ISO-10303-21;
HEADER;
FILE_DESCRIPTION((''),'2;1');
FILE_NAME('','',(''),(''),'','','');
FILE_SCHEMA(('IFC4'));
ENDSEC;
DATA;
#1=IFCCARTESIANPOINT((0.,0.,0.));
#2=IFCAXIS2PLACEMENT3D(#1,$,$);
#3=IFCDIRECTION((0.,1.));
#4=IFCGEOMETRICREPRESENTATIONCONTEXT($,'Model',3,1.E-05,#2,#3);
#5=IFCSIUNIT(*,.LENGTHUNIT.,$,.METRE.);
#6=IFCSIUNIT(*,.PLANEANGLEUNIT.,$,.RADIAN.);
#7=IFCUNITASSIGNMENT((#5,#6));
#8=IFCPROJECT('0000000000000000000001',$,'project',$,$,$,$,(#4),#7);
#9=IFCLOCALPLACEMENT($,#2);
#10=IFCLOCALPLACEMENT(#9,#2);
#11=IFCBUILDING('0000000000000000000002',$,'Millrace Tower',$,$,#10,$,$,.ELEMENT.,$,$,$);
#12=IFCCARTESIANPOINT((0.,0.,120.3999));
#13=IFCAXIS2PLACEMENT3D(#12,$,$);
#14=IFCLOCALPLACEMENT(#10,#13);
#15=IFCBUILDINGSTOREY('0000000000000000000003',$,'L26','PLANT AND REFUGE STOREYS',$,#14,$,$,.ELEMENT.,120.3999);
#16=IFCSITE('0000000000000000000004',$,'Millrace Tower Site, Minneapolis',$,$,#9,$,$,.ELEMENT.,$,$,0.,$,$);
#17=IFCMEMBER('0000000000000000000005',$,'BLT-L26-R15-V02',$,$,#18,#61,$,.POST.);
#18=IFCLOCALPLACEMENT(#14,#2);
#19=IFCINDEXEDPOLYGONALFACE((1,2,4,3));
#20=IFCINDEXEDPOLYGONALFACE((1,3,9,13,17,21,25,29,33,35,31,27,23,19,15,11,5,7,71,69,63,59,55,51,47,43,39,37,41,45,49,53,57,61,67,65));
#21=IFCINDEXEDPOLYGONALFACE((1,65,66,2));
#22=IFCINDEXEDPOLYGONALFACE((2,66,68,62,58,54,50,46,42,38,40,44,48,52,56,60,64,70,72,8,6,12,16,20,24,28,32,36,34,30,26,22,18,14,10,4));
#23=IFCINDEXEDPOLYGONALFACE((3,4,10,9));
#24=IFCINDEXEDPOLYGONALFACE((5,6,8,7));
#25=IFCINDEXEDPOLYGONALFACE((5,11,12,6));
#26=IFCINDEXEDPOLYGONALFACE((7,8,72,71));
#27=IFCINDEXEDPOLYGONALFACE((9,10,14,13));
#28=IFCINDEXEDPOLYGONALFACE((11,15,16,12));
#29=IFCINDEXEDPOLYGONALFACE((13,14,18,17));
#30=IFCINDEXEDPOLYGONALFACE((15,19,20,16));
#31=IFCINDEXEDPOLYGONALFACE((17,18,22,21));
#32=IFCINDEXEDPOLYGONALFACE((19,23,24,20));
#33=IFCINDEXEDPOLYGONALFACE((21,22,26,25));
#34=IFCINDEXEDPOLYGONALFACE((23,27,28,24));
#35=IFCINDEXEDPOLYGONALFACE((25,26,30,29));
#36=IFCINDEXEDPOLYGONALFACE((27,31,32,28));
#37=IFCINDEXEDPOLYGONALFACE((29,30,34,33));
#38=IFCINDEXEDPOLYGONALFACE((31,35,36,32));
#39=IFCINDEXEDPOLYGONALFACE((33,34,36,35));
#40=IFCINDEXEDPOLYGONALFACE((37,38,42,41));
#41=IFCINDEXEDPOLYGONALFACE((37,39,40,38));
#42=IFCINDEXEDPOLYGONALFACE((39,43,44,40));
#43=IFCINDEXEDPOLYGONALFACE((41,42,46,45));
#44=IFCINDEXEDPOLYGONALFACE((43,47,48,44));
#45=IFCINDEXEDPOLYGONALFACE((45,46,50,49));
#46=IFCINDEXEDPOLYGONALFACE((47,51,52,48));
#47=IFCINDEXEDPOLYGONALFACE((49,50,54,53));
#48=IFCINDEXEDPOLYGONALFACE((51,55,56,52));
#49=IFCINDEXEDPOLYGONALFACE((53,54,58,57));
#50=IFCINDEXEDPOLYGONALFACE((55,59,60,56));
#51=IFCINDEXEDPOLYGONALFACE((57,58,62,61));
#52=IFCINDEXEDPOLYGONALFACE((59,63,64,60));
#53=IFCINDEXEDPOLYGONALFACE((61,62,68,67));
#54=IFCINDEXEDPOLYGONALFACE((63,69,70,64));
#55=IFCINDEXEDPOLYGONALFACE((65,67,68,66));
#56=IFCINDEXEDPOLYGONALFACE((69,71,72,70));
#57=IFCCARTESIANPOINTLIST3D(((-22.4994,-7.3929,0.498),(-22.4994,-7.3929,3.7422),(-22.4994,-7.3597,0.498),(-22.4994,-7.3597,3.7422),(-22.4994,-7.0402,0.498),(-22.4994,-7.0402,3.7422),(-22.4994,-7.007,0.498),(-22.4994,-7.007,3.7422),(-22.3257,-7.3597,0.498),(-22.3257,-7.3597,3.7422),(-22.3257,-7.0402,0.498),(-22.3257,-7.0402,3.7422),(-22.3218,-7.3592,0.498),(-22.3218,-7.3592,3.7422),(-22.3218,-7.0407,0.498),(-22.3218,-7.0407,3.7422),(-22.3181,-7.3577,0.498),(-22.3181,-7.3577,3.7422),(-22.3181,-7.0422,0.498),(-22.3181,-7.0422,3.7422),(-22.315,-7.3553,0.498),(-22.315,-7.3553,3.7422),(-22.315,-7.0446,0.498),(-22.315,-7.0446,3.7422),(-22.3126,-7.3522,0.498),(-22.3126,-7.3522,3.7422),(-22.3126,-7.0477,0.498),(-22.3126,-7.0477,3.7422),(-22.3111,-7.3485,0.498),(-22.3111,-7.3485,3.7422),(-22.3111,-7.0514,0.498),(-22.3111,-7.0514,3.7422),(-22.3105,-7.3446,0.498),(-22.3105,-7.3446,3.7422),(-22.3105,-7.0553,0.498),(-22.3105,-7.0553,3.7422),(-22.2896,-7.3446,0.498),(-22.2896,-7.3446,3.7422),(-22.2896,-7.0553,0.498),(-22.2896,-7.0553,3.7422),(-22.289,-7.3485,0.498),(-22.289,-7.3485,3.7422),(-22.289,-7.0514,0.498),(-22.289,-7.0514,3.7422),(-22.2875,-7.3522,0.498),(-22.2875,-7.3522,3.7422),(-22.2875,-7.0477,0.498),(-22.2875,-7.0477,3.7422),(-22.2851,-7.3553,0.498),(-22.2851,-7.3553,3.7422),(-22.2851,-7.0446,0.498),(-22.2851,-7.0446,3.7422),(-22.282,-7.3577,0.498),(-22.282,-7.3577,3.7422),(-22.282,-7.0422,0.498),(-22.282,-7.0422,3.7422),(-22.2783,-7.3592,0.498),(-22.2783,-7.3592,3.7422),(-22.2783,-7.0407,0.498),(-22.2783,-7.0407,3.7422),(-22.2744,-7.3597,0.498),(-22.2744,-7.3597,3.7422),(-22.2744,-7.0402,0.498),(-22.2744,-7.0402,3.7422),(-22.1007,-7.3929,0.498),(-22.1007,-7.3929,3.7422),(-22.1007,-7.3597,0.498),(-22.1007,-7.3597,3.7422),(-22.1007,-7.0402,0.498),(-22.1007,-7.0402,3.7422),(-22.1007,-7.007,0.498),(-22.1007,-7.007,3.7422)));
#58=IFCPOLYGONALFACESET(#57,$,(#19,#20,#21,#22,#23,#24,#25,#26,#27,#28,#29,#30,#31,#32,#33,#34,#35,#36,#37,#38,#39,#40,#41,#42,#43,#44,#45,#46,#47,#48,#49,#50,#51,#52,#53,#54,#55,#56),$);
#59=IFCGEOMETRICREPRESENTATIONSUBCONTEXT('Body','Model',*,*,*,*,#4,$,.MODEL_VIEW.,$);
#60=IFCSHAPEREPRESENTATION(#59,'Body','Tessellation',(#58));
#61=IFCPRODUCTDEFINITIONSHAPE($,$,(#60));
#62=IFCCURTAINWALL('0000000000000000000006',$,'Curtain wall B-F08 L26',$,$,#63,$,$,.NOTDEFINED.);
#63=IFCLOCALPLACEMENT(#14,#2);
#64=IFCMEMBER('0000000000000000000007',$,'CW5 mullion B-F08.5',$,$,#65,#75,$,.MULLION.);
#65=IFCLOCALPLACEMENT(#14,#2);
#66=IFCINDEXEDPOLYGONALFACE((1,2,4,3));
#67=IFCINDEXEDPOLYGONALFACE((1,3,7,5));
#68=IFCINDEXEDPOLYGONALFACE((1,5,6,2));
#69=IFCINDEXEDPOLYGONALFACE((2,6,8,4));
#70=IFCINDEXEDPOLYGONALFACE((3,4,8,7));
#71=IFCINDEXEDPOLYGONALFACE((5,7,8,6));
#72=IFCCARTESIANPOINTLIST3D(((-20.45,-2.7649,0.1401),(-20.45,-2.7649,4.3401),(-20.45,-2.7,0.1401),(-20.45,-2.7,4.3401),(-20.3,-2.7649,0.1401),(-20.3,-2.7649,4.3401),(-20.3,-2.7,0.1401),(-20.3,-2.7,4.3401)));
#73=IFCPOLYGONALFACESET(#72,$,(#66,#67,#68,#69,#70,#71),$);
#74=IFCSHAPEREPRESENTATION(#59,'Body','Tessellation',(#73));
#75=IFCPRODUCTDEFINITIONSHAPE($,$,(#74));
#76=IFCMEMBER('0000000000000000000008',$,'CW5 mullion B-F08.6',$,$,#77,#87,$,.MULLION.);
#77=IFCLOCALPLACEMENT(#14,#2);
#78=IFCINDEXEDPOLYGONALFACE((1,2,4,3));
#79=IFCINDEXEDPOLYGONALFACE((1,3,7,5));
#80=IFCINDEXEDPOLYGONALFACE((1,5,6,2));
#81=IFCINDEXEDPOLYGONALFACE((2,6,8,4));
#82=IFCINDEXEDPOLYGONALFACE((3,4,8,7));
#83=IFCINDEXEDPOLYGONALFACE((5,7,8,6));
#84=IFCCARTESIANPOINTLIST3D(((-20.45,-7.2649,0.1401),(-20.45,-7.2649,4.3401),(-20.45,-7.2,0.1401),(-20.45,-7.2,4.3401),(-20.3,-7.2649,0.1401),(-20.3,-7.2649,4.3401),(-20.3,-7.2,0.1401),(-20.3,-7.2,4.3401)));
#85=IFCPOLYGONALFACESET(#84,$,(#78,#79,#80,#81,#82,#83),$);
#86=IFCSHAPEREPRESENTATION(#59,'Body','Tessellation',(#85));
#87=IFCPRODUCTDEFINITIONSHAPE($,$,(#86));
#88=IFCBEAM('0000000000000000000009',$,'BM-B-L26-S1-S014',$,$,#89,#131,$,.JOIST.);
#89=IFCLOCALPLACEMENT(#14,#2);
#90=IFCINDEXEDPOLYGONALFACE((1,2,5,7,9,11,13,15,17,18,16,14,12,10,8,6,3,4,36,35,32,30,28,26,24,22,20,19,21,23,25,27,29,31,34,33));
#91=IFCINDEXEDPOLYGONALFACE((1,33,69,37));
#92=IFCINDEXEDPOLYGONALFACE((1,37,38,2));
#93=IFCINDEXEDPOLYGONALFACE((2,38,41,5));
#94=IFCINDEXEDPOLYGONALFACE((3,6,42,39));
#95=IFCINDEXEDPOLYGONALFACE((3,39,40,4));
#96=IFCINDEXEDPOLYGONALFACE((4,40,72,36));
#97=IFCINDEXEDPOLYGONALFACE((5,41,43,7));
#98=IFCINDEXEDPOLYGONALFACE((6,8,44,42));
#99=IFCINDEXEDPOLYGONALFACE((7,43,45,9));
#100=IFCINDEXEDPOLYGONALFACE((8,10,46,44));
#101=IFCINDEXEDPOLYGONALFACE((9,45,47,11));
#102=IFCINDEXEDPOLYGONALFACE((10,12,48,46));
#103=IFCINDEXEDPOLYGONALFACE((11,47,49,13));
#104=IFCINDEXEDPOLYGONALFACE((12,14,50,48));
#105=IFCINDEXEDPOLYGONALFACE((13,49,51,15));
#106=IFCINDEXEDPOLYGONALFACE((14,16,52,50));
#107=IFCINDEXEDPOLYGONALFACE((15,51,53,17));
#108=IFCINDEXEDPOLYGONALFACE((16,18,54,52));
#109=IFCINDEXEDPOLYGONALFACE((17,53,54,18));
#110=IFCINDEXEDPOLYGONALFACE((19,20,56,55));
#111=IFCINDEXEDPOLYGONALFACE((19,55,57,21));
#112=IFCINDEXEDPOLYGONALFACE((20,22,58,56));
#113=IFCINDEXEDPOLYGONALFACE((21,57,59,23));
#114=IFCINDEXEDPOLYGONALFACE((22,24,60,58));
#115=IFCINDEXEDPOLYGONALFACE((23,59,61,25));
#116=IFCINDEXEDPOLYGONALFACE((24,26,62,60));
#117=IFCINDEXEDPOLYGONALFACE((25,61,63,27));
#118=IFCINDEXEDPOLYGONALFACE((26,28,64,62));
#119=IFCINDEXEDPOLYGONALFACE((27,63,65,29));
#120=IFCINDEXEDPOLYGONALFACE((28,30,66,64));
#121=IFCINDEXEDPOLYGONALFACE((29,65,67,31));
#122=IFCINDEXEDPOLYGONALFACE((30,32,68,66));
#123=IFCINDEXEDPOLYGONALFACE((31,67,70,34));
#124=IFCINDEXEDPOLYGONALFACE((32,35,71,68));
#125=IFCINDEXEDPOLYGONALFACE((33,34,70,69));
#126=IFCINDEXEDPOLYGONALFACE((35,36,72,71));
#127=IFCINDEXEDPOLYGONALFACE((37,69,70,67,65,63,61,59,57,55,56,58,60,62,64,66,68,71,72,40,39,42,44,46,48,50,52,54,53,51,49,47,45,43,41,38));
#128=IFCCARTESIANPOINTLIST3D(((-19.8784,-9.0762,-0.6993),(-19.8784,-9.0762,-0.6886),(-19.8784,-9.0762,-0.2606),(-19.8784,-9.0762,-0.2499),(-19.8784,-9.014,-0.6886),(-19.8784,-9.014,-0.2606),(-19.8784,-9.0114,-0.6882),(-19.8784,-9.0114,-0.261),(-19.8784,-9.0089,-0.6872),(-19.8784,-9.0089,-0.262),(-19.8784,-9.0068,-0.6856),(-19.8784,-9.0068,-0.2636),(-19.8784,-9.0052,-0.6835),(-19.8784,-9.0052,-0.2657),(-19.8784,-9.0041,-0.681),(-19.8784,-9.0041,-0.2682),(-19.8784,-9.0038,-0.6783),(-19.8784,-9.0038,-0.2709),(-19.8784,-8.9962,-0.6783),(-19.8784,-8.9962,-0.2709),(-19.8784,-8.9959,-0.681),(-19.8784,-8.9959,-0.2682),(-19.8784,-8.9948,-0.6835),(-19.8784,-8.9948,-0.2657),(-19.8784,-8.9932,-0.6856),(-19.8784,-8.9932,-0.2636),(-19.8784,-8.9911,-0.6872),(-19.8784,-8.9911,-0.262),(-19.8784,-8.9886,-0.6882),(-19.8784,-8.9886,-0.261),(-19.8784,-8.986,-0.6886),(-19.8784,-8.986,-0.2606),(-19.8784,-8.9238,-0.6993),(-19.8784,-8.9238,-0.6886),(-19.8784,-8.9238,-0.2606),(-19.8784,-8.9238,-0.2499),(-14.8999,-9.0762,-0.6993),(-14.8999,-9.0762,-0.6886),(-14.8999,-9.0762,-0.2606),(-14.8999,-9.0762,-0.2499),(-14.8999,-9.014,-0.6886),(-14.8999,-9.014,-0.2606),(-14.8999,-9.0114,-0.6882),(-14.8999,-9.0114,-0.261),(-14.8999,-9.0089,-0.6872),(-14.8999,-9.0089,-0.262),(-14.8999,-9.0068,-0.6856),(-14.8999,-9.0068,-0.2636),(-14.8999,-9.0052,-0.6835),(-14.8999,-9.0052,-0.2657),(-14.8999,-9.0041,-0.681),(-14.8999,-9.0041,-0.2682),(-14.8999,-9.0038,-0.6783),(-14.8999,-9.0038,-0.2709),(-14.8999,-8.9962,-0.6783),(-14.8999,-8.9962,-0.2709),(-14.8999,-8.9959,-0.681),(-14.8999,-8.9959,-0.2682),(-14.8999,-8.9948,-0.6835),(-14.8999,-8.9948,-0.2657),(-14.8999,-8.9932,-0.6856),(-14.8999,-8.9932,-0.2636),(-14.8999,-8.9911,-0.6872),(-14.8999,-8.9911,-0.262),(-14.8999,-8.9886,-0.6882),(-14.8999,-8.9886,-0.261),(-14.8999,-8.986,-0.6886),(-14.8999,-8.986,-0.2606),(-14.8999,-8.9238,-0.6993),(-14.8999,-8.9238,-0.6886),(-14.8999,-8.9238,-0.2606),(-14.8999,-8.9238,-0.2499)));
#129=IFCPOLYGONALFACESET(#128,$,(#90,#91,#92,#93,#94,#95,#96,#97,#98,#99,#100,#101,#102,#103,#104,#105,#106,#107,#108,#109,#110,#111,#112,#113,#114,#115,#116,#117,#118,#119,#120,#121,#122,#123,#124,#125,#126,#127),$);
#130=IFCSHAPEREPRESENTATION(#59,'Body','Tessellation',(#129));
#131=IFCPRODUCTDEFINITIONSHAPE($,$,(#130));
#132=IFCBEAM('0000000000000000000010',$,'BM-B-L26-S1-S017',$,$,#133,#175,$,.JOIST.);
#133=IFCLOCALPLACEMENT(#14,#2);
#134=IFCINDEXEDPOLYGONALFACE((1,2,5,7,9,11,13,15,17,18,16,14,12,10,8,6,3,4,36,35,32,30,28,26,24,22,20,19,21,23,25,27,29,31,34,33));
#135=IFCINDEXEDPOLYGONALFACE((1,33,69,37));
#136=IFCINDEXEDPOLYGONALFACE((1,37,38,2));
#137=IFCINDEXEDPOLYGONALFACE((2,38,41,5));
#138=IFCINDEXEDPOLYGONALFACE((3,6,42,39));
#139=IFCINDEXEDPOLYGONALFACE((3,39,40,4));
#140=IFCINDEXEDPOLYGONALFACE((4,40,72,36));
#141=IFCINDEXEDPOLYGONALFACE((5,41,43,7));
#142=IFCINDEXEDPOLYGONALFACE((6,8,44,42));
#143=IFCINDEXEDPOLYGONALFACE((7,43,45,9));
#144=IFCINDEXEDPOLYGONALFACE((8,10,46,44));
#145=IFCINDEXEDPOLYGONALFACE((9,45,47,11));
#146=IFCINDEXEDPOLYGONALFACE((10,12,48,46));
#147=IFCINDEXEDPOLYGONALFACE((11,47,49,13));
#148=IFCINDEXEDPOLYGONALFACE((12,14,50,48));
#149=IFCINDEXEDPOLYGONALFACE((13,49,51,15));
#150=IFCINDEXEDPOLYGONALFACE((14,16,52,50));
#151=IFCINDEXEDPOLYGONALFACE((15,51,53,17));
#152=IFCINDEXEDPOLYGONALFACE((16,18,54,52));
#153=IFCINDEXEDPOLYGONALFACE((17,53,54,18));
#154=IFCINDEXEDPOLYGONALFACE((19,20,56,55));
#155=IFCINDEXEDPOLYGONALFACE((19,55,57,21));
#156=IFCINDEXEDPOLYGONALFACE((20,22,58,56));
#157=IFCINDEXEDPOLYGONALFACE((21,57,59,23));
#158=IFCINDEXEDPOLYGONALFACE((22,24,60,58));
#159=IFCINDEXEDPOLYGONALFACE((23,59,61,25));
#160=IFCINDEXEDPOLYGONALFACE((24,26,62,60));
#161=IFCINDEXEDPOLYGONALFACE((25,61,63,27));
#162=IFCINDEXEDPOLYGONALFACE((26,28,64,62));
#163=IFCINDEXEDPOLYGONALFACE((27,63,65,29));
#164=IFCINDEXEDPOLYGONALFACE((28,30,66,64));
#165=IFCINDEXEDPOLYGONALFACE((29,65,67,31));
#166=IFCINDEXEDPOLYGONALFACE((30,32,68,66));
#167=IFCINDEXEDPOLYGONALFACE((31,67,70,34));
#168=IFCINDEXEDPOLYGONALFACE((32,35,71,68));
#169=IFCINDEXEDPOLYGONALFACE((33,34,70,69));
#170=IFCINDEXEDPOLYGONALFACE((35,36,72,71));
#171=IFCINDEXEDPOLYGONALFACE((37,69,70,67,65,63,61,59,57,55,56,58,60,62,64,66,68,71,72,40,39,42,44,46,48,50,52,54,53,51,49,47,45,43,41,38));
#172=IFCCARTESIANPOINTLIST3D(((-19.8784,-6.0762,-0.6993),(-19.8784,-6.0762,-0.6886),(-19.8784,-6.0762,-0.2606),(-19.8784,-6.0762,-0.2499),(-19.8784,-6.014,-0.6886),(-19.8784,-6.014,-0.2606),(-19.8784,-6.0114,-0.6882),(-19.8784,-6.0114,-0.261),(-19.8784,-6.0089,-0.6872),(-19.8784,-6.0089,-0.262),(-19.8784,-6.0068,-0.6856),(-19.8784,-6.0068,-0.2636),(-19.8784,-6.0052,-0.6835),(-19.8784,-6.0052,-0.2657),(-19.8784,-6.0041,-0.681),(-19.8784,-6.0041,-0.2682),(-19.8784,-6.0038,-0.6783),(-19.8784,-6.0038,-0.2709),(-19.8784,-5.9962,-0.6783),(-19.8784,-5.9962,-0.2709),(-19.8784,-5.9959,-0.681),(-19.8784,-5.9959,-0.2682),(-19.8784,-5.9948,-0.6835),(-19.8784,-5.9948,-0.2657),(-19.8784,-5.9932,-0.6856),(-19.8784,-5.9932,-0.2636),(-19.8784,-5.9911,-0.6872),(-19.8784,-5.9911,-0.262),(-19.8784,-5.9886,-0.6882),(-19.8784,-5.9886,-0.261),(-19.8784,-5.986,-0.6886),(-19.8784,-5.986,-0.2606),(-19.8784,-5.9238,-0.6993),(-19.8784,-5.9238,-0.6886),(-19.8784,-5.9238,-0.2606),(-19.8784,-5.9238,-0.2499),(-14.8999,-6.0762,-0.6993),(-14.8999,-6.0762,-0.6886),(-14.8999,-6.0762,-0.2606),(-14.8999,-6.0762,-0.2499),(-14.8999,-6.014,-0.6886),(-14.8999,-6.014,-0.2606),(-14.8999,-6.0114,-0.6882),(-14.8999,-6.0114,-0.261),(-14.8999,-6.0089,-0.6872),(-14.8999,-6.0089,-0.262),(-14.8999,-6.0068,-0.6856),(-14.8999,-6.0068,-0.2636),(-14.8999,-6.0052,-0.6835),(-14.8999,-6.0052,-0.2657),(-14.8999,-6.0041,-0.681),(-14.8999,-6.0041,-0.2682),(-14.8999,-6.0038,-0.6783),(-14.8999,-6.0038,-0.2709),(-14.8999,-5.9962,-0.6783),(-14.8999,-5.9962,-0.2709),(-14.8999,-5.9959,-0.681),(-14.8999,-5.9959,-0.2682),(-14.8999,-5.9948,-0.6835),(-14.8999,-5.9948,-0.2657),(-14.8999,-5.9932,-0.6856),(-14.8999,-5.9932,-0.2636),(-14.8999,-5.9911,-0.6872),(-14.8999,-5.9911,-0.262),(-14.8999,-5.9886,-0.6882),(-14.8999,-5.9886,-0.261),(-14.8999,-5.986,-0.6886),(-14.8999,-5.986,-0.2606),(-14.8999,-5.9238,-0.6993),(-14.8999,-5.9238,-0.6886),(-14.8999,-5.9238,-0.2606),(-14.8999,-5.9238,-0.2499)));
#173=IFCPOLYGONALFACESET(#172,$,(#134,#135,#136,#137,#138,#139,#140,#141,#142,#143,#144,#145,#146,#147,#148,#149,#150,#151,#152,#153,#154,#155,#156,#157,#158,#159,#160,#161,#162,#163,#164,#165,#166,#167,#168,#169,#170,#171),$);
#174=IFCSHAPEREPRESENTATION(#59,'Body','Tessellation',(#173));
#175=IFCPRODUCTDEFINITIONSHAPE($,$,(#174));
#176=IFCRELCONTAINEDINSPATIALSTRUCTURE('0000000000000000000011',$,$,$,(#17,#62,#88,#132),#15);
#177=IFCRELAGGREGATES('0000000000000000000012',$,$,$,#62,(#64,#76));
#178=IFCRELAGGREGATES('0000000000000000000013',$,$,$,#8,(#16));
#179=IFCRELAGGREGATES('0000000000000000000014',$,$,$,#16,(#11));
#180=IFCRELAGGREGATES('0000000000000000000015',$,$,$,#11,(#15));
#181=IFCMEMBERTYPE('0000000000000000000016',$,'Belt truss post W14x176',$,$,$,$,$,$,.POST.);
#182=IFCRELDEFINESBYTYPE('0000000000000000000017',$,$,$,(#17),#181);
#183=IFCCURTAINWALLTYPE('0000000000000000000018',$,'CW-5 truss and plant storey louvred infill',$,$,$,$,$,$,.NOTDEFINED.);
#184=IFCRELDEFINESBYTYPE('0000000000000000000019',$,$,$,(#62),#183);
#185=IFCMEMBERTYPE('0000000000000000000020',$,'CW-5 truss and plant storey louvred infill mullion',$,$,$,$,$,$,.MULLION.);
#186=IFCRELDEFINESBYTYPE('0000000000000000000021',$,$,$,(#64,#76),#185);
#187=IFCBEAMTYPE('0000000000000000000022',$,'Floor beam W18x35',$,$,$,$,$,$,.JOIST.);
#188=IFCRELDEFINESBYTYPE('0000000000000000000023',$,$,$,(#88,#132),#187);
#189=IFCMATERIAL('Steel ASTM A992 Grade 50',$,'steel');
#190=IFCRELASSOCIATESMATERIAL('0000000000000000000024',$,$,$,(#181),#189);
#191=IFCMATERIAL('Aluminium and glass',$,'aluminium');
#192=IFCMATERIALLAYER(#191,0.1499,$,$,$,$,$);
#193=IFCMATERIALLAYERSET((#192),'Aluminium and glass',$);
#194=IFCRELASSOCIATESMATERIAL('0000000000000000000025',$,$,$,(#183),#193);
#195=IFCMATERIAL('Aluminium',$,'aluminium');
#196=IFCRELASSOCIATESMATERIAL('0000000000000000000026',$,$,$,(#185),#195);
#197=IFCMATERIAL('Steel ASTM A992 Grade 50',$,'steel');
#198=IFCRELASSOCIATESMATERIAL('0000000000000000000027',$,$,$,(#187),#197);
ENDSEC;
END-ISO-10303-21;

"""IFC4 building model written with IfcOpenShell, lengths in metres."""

from ifc_helpers import new_model, si_unit, direction, frame, origin, origin_2d, place, context, subcontext, project, spatial, rectangle, i_section, extrude, material, layer, layer_set, material_profile, profile_set, type_object, element, aggregate, save


model = new_model("IFC4")

# Units and contexts
model_context = context("Model", 3, precision=1e-05, world=origin(), true_north=direction((0.0, 1.0)))
body_context = subcontext(model_context, "Body", "Model", "MODEL_VIEW")
ifc_project = project(units=[si_unit("LENGTHUNIT", "METRE"), si_unit("PLANEANGLEUNIT", "RADIAN")], contexts=[model_context])

# Site, building, storey
site_placement = place(None, origin())
site = spatial("IfcSite", under=ifc_project, at=site_placement, Name="Millrace Tower Site, Minneapolis", CompositionType="ELEMENT", RefElevation=0.0)
building_placement = place(site_placement, origin())
building = spatial("IfcBuilding", under=site, at=building_placement, Name="Millrace Tower", CompositionType="ELEMENT")
storey_placement = place(building_placement, frame((0.0, 0.0, 120.3999)))
storey = spatial("IfcBuildingStorey", under=building, at=storey_placement, Name="L26", Description="PLANT AND REFUGE STOREYS", CompositionType="ELEMENT", Elevation=120.3999)

# Member
ifc_material_1 = material(Name="Steel ASTM A992 Grade 50", Category="steel")
ifc_material_profile_1 = material_profile(ifc_material_1, i_section(OverallWidth=0.3987, OverallDepth=0.386, WebThickness=0.021, FlangeThickness=0.0332, FilletRadius=0.0151, at=origin_2d()))
ifc_profile_set_1 = profile_set([ifc_material_profile_1], Name="Steel ASTM A992 Grade 50")
member_type_1 = type_object("IfcMemberType", Name="Belt truss post W14x176", PredefinedType="POST", material=ifc_profile_set_1)
for number, where, z_axis, x_axis, name in (
    (1, (-22.3, -7.2, 0.498), (0.0, 0.0, 1.0), (1.0, 0.0, 0.0), "BLT-L26-R15-V02"),
):
    element("IfcMember", number, at=place(storey_placement, frame(where, z_axis=z_axis, x_axis=x_axis)), inside=storey, type_object=member_type_1, Name=name, PredefinedType="POST", context=body_context, shape_type="SweptSolid", body=[
        extrude(i_section(OverallWidth=0.3987, OverallDepth=0.386, WebThickness=0.021, FlangeThickness=0.0332, FilletRadius=0.0151, at=origin_2d()), origin(), (0.0, 0.0, 1.0), 3.2441),
    ])

# Curtain wall, members
ifc_material_2 = material(Name="Aluminium and glass", Category="aluminium")
ifc_layer_1 = layer(ifc_material_2, 0.1499)
ifc_layer_set_1 = layer_set([ifc_layer_1], Name="Aluminium and glass")
curtain_wall_type = type_object("IfcCurtainWallType", Name="CW-5 truss and plant storey louvred infill", PredefinedType="NOTDEFINED", material=ifc_layer_set_1)
curtain_wall_placement = place(storey_placement, origin())
curtain_wall = element("IfcCurtainWall", 2, at=curtain_wall_placement, inside=storey, type_object=curtain_wall_type, Name="Curtain wall B-F08 L26", PredefinedType="NOTDEFINED")
ifc_material_3 = material(Name="Aluminium", Category="aluminium")
ifc_material_profile_2 = material_profile(ifc_material_3, rectangle(XDim=0.0649, YDim=0.1499, at=origin_2d()))
ifc_profile_set_2 = profile_set([ifc_material_profile_2], Name="Aluminium")
member_type_2 = type_object("IfcMemberType", Name="CW-5 truss and plant storey louvred infill mullion", PredefinedType="MULLION", material=ifc_profile_set_2)
member_1_placement = place(storey_placement, frame((-20.375, -2.7324, 0.1401), z_axis=(0.0, 0.0, 1.0), x_axis=(0.0, -1.0, 0.0)))
member_1 = element("IfcMember", 3, at=member_1_placement, type_object=member_type_2, Name="CW5 mullion B-F08.5", PredefinedType="MULLION", context=body_context, shape_type="SweptSolid", body=[
    extrude(rectangle(XDim=0.0649, YDim=0.1499, at=origin_2d()), origin(), (0.0, 0.0, 1.0), 4.2),
])
member_2_placement = place(storey_placement, frame((-20.375, -7.2324, 0.1401), z_axis=(0.0, 0.0, 1.0), x_axis=(0.0, -1.0, 0.0)))
member_2 = element("IfcMember", 4, at=member_2_placement, type_object=member_type_2, Name="CW5 mullion B-F08.6", PredefinedType="MULLION", context=body_context, shape_type="SweptSolid", body=[
    extrude(rectangle(XDim=0.0649, YDim=0.1499, at=origin_2d()), origin(), (0.0, 0.0, 1.0), 4.2),
])
aggregate(curtain_wall, [member_1, member_2])

# Beams
ifc_material_4 = material(Name="Steel ASTM A992 Grade 50", Category="steel")
ifc_material_profile_3 = material_profile(ifc_material_4, i_section(OverallWidth=0.1523, OverallDepth=0.4495, WebThickness=0.0076, FlangeThickness=0.0107, FilletRadius=0.0103, at=origin_2d()))
ifc_profile_set_3 = profile_set([ifc_material_profile_3], Name="Steel ASTM A992 Grade 50")
beam_type_1 = type_object("IfcBeamType", Name="Floor beam W18x35", PredefinedType="JOIST", material=ifc_profile_set_3)
for number, where, z_axis, x_axis, name in (
    (5, (-19.8784, -9.0, -0.4746), (1.0, 0.0, 0.0), (0.0, 1.0, 0.0), "BM-B-L26-S1-S014"),
    (6, (-19.8784, -6.0, -0.4746), (1.0, 0.0, 0.0), (0.0, 1.0, 0.0), "BM-B-L26-S1-S017"),
):
    element("IfcBeam", number, at=place(storey_placement, frame(where, z_axis=z_axis, x_axis=x_axis)), inside=storey, type_object=beam_type_1, Name=name, PredefinedType="JOIST", context=body_context, shape_type="SweptSolid", body=[
        extrude(i_section(OverallWidth=0.1523, OverallDepth=0.4495, WebThickness=0.0076, FlangeThickness=0.0107, FilletRadius=0.0103, at=origin_2d()), origin(), (0.0, 0.0, 1.0), 4.9785),
    ])

save(model, "model.ifc")
